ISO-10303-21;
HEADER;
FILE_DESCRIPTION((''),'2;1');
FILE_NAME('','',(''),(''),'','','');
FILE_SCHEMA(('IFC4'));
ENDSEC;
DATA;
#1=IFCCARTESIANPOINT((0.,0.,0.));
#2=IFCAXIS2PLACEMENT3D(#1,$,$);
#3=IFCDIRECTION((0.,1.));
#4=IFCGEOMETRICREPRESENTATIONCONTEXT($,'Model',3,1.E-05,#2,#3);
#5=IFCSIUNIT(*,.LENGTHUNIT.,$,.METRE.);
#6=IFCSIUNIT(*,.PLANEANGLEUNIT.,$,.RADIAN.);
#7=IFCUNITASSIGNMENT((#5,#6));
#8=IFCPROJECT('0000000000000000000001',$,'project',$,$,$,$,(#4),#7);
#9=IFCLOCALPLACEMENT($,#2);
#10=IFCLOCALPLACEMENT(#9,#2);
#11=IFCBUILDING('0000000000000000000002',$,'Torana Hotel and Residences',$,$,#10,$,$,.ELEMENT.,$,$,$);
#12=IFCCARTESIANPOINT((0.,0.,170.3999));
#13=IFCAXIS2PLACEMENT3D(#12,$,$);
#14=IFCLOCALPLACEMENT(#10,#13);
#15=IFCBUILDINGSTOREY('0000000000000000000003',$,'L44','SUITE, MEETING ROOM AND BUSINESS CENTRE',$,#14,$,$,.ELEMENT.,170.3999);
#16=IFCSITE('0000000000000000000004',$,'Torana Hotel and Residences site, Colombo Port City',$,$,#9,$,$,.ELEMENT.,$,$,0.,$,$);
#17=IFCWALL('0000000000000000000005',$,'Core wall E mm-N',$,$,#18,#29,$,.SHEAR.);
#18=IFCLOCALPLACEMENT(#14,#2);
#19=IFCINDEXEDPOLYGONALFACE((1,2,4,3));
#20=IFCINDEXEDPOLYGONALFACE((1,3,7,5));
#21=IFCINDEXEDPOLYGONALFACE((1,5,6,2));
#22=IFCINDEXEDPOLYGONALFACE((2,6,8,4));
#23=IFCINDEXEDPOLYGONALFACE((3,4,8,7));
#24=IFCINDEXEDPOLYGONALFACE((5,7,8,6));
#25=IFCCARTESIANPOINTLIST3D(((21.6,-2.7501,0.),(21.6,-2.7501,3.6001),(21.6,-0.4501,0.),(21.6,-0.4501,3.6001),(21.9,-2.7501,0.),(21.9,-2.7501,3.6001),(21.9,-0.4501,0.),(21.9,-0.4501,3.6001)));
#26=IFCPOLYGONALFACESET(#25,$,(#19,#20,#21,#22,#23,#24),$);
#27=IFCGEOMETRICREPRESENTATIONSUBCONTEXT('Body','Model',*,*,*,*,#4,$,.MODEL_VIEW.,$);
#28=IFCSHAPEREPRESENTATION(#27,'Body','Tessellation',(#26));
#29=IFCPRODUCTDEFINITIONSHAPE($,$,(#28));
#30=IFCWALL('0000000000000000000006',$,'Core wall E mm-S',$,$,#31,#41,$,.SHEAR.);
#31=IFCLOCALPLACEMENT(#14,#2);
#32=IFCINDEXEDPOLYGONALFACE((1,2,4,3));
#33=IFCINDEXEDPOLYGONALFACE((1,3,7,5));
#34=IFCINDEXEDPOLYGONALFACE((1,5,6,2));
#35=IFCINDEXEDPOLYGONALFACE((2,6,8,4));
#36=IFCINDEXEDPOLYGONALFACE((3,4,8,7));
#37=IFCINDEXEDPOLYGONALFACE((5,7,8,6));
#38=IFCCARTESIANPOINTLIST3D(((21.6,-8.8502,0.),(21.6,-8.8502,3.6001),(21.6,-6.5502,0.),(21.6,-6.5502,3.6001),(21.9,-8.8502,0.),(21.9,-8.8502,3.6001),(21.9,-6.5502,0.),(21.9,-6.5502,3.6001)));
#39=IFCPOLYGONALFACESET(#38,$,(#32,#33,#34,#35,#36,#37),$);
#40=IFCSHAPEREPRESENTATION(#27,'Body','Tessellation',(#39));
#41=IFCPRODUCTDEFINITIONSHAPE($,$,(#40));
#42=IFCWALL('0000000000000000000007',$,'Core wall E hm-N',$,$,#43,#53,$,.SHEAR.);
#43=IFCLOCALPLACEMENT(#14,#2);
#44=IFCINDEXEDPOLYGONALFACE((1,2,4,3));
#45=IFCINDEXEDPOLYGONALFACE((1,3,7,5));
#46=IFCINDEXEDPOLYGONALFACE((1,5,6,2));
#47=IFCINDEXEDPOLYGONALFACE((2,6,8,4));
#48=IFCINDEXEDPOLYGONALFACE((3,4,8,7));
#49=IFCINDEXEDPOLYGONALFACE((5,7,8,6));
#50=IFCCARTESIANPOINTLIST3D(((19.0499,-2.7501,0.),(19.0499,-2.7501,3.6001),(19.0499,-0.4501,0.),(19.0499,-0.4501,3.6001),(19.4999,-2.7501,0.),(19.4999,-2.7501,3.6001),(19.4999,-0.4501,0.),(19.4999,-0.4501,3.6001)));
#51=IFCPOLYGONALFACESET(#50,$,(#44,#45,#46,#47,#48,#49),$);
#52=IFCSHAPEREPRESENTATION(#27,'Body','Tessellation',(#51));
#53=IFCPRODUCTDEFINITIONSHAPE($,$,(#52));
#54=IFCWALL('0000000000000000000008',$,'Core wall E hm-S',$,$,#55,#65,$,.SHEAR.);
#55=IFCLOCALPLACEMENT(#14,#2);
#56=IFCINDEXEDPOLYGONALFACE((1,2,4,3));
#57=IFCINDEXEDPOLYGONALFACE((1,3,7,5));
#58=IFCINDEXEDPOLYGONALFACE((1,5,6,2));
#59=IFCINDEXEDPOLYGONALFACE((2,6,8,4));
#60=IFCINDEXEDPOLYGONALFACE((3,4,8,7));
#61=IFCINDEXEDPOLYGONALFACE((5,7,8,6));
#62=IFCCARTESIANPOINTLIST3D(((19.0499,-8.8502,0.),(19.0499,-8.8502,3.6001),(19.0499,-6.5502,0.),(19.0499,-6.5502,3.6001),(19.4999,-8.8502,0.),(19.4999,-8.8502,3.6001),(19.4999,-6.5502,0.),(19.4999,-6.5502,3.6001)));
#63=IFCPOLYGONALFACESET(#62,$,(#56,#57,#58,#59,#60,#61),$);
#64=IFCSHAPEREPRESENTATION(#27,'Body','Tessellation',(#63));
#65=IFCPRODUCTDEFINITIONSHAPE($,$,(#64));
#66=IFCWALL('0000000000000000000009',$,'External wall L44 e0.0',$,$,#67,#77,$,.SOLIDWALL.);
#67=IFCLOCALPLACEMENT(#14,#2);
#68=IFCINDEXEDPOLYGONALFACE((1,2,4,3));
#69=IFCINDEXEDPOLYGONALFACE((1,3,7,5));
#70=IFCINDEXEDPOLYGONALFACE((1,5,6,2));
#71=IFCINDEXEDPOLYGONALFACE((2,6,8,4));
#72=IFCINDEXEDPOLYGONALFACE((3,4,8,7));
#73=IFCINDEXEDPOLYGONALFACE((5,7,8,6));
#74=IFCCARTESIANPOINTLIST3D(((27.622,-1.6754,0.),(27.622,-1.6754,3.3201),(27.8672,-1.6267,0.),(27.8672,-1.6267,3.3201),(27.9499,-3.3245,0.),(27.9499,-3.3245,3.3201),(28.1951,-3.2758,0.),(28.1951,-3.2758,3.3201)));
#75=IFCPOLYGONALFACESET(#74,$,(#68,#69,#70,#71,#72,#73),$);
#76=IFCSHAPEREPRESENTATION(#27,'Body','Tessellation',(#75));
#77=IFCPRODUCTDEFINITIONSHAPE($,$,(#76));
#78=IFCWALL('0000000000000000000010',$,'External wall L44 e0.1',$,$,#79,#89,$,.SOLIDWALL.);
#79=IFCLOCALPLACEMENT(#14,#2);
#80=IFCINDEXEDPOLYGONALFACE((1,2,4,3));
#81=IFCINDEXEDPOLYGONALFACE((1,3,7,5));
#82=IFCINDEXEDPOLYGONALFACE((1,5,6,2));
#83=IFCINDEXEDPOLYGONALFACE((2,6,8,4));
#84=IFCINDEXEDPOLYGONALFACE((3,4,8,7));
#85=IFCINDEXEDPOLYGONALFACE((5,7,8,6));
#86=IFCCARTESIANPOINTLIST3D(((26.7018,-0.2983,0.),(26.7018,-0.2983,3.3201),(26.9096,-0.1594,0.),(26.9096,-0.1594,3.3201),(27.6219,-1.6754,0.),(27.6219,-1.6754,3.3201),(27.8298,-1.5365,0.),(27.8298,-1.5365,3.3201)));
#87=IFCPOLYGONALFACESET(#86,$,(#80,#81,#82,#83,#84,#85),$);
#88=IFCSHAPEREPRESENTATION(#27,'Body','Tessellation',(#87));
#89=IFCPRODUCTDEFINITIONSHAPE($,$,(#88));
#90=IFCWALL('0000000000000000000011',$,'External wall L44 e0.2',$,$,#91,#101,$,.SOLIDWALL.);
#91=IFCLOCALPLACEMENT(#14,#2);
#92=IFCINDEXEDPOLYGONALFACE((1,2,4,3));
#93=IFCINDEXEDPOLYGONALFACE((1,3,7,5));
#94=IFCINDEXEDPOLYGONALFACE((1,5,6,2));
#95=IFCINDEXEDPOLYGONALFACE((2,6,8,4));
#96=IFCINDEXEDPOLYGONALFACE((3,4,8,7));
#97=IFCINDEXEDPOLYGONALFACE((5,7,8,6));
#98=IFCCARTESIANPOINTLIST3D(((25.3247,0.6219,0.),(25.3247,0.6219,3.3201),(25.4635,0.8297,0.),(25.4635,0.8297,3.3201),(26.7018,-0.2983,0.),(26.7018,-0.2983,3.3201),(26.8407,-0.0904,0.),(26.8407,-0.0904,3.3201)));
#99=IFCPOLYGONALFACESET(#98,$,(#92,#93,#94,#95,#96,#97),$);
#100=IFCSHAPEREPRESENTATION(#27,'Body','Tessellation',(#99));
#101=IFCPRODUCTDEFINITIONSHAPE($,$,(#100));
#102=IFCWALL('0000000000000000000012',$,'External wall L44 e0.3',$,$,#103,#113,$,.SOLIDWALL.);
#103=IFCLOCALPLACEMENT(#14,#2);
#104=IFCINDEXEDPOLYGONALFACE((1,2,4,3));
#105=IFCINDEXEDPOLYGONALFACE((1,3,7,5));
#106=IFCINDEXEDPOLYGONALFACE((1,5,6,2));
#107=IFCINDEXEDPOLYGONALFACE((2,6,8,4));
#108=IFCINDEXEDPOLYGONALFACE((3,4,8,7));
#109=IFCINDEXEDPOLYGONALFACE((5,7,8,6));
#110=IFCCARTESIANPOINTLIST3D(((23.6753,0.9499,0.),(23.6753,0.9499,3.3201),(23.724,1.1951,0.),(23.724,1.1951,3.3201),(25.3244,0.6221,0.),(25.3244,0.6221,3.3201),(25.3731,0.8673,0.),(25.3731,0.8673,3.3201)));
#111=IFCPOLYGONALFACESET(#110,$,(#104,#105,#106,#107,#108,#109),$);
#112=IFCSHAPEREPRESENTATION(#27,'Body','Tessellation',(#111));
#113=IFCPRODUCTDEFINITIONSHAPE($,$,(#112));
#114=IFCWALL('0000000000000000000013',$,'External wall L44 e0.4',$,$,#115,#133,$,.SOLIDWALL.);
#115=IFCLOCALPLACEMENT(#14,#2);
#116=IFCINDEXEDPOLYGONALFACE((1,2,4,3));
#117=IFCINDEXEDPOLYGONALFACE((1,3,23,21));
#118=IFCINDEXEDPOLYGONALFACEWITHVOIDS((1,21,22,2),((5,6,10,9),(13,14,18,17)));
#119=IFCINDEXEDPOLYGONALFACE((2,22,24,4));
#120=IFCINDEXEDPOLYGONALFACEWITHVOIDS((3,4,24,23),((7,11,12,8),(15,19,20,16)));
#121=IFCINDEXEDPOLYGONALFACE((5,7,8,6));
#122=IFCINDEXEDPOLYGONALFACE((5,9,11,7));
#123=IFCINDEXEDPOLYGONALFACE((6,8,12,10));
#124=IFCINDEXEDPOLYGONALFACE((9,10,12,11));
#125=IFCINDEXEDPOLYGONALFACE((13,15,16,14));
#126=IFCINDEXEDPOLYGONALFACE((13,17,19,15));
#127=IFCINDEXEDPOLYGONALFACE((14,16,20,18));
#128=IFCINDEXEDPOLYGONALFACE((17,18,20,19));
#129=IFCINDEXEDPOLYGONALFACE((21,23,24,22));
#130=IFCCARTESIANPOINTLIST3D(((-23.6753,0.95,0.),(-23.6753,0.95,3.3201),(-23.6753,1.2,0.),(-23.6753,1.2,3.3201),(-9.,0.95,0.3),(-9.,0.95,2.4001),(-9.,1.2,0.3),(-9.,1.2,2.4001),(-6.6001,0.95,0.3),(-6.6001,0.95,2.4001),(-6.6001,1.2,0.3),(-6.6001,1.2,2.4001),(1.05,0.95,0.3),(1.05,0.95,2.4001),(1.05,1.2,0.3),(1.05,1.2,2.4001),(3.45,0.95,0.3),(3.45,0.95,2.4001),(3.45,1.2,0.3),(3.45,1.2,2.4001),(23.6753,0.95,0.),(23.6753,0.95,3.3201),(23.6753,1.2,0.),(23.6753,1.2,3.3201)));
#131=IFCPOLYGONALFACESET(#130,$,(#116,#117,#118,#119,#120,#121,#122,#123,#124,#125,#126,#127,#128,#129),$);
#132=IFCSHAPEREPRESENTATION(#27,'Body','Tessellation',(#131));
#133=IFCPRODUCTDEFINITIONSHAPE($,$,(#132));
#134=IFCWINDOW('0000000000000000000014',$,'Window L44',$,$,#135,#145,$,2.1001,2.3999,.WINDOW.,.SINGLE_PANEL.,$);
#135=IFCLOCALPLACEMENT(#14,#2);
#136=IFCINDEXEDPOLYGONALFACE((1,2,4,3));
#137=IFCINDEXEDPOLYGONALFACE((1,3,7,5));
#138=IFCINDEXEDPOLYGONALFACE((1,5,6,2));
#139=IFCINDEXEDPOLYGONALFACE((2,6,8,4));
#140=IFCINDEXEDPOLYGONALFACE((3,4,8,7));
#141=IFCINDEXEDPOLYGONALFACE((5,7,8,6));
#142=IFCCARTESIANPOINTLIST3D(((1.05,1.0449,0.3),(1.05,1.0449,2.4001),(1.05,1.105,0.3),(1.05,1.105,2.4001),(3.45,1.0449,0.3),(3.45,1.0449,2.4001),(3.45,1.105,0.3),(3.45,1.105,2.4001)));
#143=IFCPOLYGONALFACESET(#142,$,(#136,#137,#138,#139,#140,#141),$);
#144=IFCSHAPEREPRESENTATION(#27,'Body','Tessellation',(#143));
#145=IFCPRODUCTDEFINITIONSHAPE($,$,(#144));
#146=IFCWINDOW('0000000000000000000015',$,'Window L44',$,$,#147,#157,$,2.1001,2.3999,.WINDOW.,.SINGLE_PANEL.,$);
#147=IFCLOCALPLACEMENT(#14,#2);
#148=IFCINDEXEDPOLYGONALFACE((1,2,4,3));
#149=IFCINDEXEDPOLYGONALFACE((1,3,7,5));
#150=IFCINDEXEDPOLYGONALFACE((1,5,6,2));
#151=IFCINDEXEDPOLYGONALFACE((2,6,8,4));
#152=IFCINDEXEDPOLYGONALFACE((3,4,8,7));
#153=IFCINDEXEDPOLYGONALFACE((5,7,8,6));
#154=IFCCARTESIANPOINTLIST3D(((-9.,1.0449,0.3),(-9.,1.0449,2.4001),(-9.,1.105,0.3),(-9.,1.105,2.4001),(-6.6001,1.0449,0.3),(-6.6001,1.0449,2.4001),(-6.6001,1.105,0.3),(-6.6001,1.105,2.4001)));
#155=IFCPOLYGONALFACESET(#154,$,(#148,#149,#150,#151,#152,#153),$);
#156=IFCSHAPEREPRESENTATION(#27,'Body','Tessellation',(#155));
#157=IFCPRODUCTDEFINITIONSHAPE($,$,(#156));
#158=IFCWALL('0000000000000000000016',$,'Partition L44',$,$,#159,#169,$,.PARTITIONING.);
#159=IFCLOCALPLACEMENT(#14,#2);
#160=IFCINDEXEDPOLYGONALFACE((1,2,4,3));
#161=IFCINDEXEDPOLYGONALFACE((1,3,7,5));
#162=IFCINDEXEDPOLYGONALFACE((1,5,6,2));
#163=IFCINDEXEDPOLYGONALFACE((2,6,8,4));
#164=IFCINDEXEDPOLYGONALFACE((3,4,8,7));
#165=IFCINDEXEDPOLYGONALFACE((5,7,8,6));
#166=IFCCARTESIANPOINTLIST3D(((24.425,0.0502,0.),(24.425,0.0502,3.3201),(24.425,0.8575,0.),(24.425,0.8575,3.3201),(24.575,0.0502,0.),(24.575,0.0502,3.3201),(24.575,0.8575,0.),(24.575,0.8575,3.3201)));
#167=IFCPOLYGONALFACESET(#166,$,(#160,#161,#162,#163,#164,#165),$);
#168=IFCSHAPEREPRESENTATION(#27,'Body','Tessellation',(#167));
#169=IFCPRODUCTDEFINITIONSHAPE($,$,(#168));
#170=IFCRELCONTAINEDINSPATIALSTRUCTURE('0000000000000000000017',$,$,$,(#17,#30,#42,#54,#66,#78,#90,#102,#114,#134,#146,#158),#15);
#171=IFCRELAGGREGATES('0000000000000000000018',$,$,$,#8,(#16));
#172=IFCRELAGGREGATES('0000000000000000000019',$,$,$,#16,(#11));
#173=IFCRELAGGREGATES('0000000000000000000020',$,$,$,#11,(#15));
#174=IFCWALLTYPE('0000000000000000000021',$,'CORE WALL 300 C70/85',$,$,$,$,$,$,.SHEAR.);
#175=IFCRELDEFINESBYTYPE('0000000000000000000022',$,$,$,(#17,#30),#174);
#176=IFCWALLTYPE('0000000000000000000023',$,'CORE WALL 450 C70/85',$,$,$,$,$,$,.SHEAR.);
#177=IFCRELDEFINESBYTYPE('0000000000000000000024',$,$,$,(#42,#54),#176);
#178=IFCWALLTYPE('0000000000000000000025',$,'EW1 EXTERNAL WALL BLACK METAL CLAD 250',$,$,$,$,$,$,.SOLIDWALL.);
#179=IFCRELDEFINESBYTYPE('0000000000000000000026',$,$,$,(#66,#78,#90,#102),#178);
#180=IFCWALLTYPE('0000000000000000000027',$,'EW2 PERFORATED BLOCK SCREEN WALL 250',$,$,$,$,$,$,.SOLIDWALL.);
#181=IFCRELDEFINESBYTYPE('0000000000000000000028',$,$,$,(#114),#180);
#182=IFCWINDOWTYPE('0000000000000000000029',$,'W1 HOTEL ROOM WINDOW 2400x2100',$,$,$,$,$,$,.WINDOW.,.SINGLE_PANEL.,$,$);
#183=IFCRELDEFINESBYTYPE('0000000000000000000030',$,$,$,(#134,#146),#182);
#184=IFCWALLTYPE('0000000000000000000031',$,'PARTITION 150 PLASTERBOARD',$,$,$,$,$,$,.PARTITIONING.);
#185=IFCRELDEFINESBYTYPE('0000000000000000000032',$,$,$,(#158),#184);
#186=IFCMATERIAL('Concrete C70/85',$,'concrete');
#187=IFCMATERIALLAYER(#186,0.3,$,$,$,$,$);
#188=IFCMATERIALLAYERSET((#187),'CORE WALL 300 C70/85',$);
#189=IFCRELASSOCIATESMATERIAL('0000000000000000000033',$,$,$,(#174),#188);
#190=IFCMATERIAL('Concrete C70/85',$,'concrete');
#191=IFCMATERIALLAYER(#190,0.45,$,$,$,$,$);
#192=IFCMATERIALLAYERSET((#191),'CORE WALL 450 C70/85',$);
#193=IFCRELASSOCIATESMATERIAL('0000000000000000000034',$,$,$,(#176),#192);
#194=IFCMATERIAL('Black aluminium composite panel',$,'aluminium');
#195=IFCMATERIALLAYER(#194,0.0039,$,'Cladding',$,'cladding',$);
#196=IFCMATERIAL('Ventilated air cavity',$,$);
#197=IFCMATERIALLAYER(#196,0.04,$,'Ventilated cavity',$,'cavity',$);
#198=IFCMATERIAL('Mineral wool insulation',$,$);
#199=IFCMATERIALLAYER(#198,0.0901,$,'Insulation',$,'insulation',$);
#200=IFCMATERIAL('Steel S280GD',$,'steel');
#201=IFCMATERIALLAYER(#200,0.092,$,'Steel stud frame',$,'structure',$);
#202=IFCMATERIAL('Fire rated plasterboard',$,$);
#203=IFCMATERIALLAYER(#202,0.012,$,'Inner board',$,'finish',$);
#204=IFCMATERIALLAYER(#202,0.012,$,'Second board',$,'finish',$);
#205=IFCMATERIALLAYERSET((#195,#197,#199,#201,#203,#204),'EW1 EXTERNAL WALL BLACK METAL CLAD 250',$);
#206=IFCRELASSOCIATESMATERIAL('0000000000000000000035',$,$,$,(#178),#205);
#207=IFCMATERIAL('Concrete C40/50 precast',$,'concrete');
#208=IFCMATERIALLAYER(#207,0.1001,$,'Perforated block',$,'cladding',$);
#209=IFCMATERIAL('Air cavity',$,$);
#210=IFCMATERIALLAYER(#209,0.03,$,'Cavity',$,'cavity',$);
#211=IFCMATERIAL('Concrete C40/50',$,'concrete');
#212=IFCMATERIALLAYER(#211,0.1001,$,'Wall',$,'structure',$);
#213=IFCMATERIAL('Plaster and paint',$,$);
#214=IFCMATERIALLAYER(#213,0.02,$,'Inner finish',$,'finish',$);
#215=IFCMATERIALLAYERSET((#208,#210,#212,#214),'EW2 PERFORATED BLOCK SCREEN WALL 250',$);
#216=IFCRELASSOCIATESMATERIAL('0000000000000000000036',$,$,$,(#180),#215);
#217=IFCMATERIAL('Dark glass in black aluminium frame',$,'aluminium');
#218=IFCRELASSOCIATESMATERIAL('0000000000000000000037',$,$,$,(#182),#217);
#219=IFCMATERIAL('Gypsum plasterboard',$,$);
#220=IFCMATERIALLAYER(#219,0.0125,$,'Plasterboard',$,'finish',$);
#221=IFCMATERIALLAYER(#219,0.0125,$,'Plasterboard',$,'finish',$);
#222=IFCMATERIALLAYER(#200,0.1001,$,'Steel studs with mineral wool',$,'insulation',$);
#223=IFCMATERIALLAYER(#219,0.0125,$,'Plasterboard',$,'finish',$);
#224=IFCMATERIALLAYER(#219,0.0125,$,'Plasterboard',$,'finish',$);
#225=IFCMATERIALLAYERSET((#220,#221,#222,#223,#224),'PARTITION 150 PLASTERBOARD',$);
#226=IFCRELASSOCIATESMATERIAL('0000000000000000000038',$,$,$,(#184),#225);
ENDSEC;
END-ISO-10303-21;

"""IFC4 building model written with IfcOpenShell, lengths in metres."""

from ifc_helpers import new_model, si_unit, direction, frame, frame_2d, origin, place, context, subcontext, project, spatial, rectangle, extrude, material, layer, layer_set, type_object, element, fill, save


model = new_model("IFC4")

# Units and contexts
model_context = context("Model", 3, precision=1e-05, world=origin(), true_north=direction((0.0, 1.0)))
body_context = subcontext(model_context, "Body", "Model", "MODEL_VIEW")
ifc_project = project(units=[si_unit("LENGTHUNIT", "METRE"), si_unit("PLANEANGLEUNIT", "RADIAN")], contexts=[model_context])

# Site, building, storey
site_placement = place(None, origin())
site = spatial("IfcSite", under=ifc_project, at=site_placement, Name="Torana Hotel and Residences site, Colombo Port City", CompositionType="ELEMENT", RefElevation=0.0)
building_placement = place(site_placement, origin())
building = spatial("IfcBuilding", under=site, at=building_placement, Name="Torana Hotel and Residences", CompositionType="ELEMENT")
storey_placement = place(building_placement, frame((0.0, 0.0, 170.3999)))
storey = spatial("IfcBuildingStorey", under=building, at=storey_placement, Name="L44", Description="SUITE, MEETING ROOM AND BUSINESS CENTRE", CompositionType="ELEMENT", Elevation=170.3999)

# Walls
ifc_material_1 = material(Name="Concrete C70/85", Category="concrete")
ifc_layer_1 = layer(ifc_material_1, 0.3)
ifc_layer_set_1 = layer_set([ifc_layer_1], Name="CORE WALL 300 C70/85")
wall_type_1 = type_object("IfcWallType", Name="CORE WALL 300 C70/85", PredefinedType="SHEAR", material=ifc_layer_set_1)
for number, where, z_axis, x_axis, name in (
    (1, (21.75, -2.75, 0.0), (0.0, 0.0, 1.0), (0.0, 1.0, 0.0), "Core wall E mm-N"),
    (2, (21.75, -8.8501, 0.0), (0.0, 0.0, 1.0), (0.0, 1.0, 0.0), "Core wall E mm-S"),
):
    element("IfcWall", number, at=place(storey_placement, frame(where, z_axis=z_axis, x_axis=x_axis)), inside=storey, type_object=wall_type_1, Name=name, PredefinedType="SHEAR", context=body_context, shape_type="SweptSolid", body=[
        extrude(rectangle(XDim=2.3, YDim=0.3, at=frame_2d((1.1499, 0.0))), origin(), (0.0, 0.0, 1.0), 3.6001),
    ])
ifc_material_2 = material(Name="Concrete C70/85", Category="concrete")
ifc_layer_2 = layer(ifc_material_2, 0.45)
ifc_layer_set_2 = layer_set([ifc_layer_2], Name="CORE WALL 450 C70/85")
wall_type_2 = type_object("IfcWallType", Name="CORE WALL 450 C70/85", PredefinedType="SHEAR", material=ifc_layer_set_2)
for number, where, z_axis, x_axis, name in (
    (3, (19.2749, -2.75, 0.0), (0.0, 0.0, 1.0), (0.0, 1.0, 0.0), "Core wall E hm-N"),
    (4, (19.2749, -8.8501, 0.0), (0.0, 0.0, 1.0), (0.0, 1.0, 0.0), "Core wall E hm-S"),
):
    element("IfcWall", number, at=place(storey_placement, frame(where, z_axis=z_axis, x_axis=x_axis)), inside=storey, type_object=wall_type_2, Name=name, PredefinedType="SHEAR", context=body_context, shape_type="SweptSolid", body=[
        extrude(rectangle(XDim=2.3, YDim=0.45, at=frame_2d((1.1499, 0.0))), origin(), (0.0, 0.0, 1.0), 3.6001),
    ])
ifc_material_3 = material(Name="Black aluminium composite panel", Category="aluminium")
ifc_layer_3 = layer(ifc_material_3, 0.0039, Name="Cladding", Category="cladding")
ifc_material_4 = material(Name="Ventilated air cavity")
ifc_layer_4 = layer(ifc_material_4, 0.04, Name="Ventilated cavity", Category="cavity")
ifc_material_5 = material(Name="Mineral wool insulation")
ifc_layer_5 = layer(ifc_material_5, 0.0901, Name="Insulation", Category="insulation")
ifc_material_6 = material(Name="Steel S280GD", Category="steel")
ifc_layer_6 = layer(ifc_material_6, 0.092, Name="Steel stud frame", Category="structure")
ifc_material_7 = material(Name="Fire rated plasterboard")
ifc_layer_7 = layer(ifc_material_7, 0.012, Name="Inner board", Category="finish")
ifc_layer_8 = layer(ifc_material_7, 0.012, Name="Second board", Category="finish")
ifc_layer_set_3 = layer_set([ifc_layer_3, ifc_layer_4, ifc_layer_5, ifc_layer_6, ifc_layer_7, ifc_layer_8], Name="EW1 EXTERNAL WALL BLACK METAL CLAD 250")
wall_type_3 = type_object("IfcWallType", Name="EW1 EXTERNAL WALL BLACK METAL CLAD 250", PredefinedType="SOLIDWALL", material=ifc_layer_set_3)
wall_1_placement = place(storey_placement, frame((28.0725, -3.3003, 0.0), z_axis=(0.0, 0.0, 1.0), x_axis=(-0.194999, 0.980803, 0.0)))
element("IfcWall", 5, at=wall_1_placement, inside=storey, type_object=wall_type_3, Name="External wall L44 e0.0", PredefinedType="SOLIDWALL", context=body_context, shape_type="SweptSolid", body=[
    extrude(rectangle(XDim=1.6814, YDim=0.25, at=frame_2d((0.8408, 0.0))), origin(), (0.0, 0.0, 1.0), 3.3201),
])
for number, where, z_axis, x_axis, name in (
    (6, (27.7258, -1.606, 0.0), (0.0, 0.0, 1.0), (-0.55555, 0.831483, 0.0), "External wall L44 e0.1"),
    (7, (26.7712, -0.1943, 0.0), (0.0, 0.0, 1.0), (-0.831483, 0.55555, 0.0), "External wall L44 e0.2"),
):
    element("IfcWall", number, at=place(storey_placement, frame(where, z_axis=z_axis, x_axis=x_axis)), inside=storey, type_object=wall_type_3, Name=name, PredefinedType="SOLIDWALL", context=body_context, shape_type="SweptSolid", body=[
        extrude(rectangle(XDim=1.6562, YDim=0.25, at=frame_2d((0.8281, 0.0))), origin(), (0.0, 0.0, 1.0), 3.3201),
    ])
wall_2_placement = place(storey_placement, frame((25.3489, 0.7446, 0.0), z_axis=(0.0, 0.0, 1.0), x_axis=(-0.980803, 0.194999, 0.0)))
element("IfcWall", 8, at=wall_2_placement, inside=storey, type_object=wall_type_3, Name="External wall L44 e0.3", PredefinedType="SOLIDWALL", context=body_context, shape_type="SweptSolid", body=[
    extrude(rectangle(XDim=1.6814, YDim=0.25, at=frame_2d((0.8408, 0.0))), origin(), (0.0, 0.0, 1.0), 3.3201),
])

# Wall, openings, windows
ifc_material_8 = material(Name="Concrete C40/50 precast", Category="concrete")
ifc_layer_9 = layer(ifc_material_8, 0.1001, Name="Perforated block", Category="cladding")
ifc_material_9 = material(Name="Air cavity")
ifc_layer_10 = layer(ifc_material_9, 0.03, Name="Cavity", Category="cavity")
ifc_material_10 = material(Name="Concrete C40/50", Category="concrete")
ifc_layer_11 = layer(ifc_material_10, 0.1001, Name="Wall", Category="structure")
ifc_material_11 = material(Name="Plaster and paint")
ifc_layer_12 = layer(ifc_material_11, 0.02, Name="Inner finish", Category="finish")
ifc_layer_set_4 = layer_set([ifc_layer_9, ifc_layer_10, ifc_layer_11, ifc_layer_12], Name="EW2 PERFORATED BLOCK SCREEN WALL 250")
wall_type_4 = type_object("IfcWallType", Name="EW2 PERFORATED BLOCK SCREEN WALL 250", PredefinedType="SOLIDWALL", material=ifc_layer_set_4)
wall_3_placement = place(storey_placement, frame((23.6753, 1.075, 0.0), z_axis=(0.0, 0.0, 1.0), x_axis=(-1.0, 0.0, 0.0)))
wall_3 = element("IfcWall", 9, at=wall_3_placement, inside=storey, type_object=wall_type_4, Name="External wall L44 e0.4", PredefinedType="SOLIDWALL", context=body_context, shape_type="SweptSolid", body=[
    extrude(rectangle(XDim=47.3506, YDim=0.25, at=frame_2d((23.6753, 0.0))), origin(), (0.0, 0.0, 1.0), 3.3201),
])
opening_1_placement = place(wall_3_placement, frame((20.2253, 0.0, 0.3)))
opening_1 = element("IfcOpeningElement", 10, at=opening_1_placement, cuts=wall_3, PredefinedType="OPENING", context=body_context, shape_type="SweptSolid", body=[
    extrude(rectangle(XDim=2.3999, YDim=2.1001, at=frame_2d((1.2, 1.05))), frame((0.0, 0.135, 0.0), z_axis=(0.0, -1.0, 0.0), x_axis=(1.0, 0.0, 0.0)), (0.0, 0.0, 1.0), 0.27),
])
opening_2_placement = place(wall_3_placement, frame((30.2754, 0.0, 0.3)))
opening_2 = element("IfcOpeningElement", 11, at=opening_2_placement, cuts=wall_3, PredefinedType="OPENING", context=body_context, shape_type="SweptSolid", body=[
    extrude(rectangle(XDim=2.3999, YDim=2.1001, at=frame_2d((1.2, 1.05))), frame((0.0, 0.135, 0.0), z_axis=(0.0, -1.0, 0.0), x_axis=(1.0, 0.0, 0.0)), (0.0, 0.0, 1.0), 0.27),
])
ifc_material_12 = material(Name="Dark glass in black aluminium frame", Category="aluminium")
window_type = type_object("IfcWindowType", Name="W1 HOTEL ROOM WINDOW 2400x2100", PartitioningType="SINGLE_PANEL", PredefinedType="WINDOW", material=ifc_material_12)
window_1_placement = place(opening_1_placement, origin())
window_1 = element("IfcWindow", 12, at=window_1_placement, inside=storey, type_object=window_type, Name="Window L44", OverallHeight=2.1001, OverallWidth=2.3999, PartitioningType="SINGLE_PANEL", PredefinedType="WINDOW", context=body_context, shape_type="SweptSolid", body=[
    extrude(rectangle(XDim=2.3999, YDim=2.1001, at=frame_2d((1.2, 1.05))), frame((0.0, 0.03, 0.0), z_axis=(0.0, -1.0, 0.0), x_axis=(1.0, 0.0, 0.0)), (0.0, 0.0, 1.0), 0.0601),
])
fill(opening_1, window_1)
window_2_placement = place(opening_2_placement, origin())
window_2 = element("IfcWindow", 13, at=window_2_placement, inside=storey, type_object=window_type, Name="Window L44", OverallHeight=2.1001, OverallWidth=2.3999, PartitioningType="SINGLE_PANEL", PredefinedType="WINDOW", context=body_context, shape_type="SweptSolid", body=[
    extrude(rectangle(XDim=2.3999, YDim=2.1001, at=frame_2d((1.2, 1.05))), frame((0.0, 0.03, 0.0), z_axis=(0.0, -1.0, 0.0), x_axis=(1.0, 0.0, 0.0)), (0.0, 0.0, 1.0), 0.0601),
])
fill(opening_2, window_2)

# Wall
ifc_material_13 = material(Name="Gypsum plasterboard")
ifc_layer_13 = layer(ifc_material_13, 0.0125, Name="Plasterboard", Category="finish")
ifc_layer_14 = layer(ifc_material_13, 0.0125, Name="Plasterboard", Category="finish")
ifc_layer_15 = layer(ifc_material_6, 0.1001, Name="Steel studs with mineral wool", Category="insulation")
ifc_layer_16 = layer(ifc_material_13, 0.0125, Name="Plasterboard", Category="finish")
ifc_layer_17 = layer(ifc_material_13, 0.0125, Name="Plasterboard", Category="finish")
ifc_layer_set_5 = layer_set([ifc_layer_13, ifc_layer_14, ifc_layer_15, ifc_layer_16, ifc_layer_17], Name="PARTITION 150 PLASTERBOARD")
wall_type_5 = type_object("IfcWallType", Name="PARTITION 150 PLASTERBOARD", PredefinedType="PARTITIONING", material=ifc_layer_set_5)
wall_4_placement = place(storey_placement, frame((24.5, 0.05, 0.0), z_axis=(0.0, 0.0, 1.0), x_axis=(0.0, 1.0, 0.0)))
element("IfcWall", 14, at=wall_4_placement, inside=storey, type_object=wall_type_5, Name="Partition L44", PredefinedType="PARTITIONING", context=body_context, shape_type="SweptSolid", body=[
    extrude(rectangle(XDim=0.8074, YDim=0.1499, at=frame_2d((0.4038, 0.0))), origin(), (0.0, 0.0, 1.0), 3.3201),
])

save(model, "model.ifc")
